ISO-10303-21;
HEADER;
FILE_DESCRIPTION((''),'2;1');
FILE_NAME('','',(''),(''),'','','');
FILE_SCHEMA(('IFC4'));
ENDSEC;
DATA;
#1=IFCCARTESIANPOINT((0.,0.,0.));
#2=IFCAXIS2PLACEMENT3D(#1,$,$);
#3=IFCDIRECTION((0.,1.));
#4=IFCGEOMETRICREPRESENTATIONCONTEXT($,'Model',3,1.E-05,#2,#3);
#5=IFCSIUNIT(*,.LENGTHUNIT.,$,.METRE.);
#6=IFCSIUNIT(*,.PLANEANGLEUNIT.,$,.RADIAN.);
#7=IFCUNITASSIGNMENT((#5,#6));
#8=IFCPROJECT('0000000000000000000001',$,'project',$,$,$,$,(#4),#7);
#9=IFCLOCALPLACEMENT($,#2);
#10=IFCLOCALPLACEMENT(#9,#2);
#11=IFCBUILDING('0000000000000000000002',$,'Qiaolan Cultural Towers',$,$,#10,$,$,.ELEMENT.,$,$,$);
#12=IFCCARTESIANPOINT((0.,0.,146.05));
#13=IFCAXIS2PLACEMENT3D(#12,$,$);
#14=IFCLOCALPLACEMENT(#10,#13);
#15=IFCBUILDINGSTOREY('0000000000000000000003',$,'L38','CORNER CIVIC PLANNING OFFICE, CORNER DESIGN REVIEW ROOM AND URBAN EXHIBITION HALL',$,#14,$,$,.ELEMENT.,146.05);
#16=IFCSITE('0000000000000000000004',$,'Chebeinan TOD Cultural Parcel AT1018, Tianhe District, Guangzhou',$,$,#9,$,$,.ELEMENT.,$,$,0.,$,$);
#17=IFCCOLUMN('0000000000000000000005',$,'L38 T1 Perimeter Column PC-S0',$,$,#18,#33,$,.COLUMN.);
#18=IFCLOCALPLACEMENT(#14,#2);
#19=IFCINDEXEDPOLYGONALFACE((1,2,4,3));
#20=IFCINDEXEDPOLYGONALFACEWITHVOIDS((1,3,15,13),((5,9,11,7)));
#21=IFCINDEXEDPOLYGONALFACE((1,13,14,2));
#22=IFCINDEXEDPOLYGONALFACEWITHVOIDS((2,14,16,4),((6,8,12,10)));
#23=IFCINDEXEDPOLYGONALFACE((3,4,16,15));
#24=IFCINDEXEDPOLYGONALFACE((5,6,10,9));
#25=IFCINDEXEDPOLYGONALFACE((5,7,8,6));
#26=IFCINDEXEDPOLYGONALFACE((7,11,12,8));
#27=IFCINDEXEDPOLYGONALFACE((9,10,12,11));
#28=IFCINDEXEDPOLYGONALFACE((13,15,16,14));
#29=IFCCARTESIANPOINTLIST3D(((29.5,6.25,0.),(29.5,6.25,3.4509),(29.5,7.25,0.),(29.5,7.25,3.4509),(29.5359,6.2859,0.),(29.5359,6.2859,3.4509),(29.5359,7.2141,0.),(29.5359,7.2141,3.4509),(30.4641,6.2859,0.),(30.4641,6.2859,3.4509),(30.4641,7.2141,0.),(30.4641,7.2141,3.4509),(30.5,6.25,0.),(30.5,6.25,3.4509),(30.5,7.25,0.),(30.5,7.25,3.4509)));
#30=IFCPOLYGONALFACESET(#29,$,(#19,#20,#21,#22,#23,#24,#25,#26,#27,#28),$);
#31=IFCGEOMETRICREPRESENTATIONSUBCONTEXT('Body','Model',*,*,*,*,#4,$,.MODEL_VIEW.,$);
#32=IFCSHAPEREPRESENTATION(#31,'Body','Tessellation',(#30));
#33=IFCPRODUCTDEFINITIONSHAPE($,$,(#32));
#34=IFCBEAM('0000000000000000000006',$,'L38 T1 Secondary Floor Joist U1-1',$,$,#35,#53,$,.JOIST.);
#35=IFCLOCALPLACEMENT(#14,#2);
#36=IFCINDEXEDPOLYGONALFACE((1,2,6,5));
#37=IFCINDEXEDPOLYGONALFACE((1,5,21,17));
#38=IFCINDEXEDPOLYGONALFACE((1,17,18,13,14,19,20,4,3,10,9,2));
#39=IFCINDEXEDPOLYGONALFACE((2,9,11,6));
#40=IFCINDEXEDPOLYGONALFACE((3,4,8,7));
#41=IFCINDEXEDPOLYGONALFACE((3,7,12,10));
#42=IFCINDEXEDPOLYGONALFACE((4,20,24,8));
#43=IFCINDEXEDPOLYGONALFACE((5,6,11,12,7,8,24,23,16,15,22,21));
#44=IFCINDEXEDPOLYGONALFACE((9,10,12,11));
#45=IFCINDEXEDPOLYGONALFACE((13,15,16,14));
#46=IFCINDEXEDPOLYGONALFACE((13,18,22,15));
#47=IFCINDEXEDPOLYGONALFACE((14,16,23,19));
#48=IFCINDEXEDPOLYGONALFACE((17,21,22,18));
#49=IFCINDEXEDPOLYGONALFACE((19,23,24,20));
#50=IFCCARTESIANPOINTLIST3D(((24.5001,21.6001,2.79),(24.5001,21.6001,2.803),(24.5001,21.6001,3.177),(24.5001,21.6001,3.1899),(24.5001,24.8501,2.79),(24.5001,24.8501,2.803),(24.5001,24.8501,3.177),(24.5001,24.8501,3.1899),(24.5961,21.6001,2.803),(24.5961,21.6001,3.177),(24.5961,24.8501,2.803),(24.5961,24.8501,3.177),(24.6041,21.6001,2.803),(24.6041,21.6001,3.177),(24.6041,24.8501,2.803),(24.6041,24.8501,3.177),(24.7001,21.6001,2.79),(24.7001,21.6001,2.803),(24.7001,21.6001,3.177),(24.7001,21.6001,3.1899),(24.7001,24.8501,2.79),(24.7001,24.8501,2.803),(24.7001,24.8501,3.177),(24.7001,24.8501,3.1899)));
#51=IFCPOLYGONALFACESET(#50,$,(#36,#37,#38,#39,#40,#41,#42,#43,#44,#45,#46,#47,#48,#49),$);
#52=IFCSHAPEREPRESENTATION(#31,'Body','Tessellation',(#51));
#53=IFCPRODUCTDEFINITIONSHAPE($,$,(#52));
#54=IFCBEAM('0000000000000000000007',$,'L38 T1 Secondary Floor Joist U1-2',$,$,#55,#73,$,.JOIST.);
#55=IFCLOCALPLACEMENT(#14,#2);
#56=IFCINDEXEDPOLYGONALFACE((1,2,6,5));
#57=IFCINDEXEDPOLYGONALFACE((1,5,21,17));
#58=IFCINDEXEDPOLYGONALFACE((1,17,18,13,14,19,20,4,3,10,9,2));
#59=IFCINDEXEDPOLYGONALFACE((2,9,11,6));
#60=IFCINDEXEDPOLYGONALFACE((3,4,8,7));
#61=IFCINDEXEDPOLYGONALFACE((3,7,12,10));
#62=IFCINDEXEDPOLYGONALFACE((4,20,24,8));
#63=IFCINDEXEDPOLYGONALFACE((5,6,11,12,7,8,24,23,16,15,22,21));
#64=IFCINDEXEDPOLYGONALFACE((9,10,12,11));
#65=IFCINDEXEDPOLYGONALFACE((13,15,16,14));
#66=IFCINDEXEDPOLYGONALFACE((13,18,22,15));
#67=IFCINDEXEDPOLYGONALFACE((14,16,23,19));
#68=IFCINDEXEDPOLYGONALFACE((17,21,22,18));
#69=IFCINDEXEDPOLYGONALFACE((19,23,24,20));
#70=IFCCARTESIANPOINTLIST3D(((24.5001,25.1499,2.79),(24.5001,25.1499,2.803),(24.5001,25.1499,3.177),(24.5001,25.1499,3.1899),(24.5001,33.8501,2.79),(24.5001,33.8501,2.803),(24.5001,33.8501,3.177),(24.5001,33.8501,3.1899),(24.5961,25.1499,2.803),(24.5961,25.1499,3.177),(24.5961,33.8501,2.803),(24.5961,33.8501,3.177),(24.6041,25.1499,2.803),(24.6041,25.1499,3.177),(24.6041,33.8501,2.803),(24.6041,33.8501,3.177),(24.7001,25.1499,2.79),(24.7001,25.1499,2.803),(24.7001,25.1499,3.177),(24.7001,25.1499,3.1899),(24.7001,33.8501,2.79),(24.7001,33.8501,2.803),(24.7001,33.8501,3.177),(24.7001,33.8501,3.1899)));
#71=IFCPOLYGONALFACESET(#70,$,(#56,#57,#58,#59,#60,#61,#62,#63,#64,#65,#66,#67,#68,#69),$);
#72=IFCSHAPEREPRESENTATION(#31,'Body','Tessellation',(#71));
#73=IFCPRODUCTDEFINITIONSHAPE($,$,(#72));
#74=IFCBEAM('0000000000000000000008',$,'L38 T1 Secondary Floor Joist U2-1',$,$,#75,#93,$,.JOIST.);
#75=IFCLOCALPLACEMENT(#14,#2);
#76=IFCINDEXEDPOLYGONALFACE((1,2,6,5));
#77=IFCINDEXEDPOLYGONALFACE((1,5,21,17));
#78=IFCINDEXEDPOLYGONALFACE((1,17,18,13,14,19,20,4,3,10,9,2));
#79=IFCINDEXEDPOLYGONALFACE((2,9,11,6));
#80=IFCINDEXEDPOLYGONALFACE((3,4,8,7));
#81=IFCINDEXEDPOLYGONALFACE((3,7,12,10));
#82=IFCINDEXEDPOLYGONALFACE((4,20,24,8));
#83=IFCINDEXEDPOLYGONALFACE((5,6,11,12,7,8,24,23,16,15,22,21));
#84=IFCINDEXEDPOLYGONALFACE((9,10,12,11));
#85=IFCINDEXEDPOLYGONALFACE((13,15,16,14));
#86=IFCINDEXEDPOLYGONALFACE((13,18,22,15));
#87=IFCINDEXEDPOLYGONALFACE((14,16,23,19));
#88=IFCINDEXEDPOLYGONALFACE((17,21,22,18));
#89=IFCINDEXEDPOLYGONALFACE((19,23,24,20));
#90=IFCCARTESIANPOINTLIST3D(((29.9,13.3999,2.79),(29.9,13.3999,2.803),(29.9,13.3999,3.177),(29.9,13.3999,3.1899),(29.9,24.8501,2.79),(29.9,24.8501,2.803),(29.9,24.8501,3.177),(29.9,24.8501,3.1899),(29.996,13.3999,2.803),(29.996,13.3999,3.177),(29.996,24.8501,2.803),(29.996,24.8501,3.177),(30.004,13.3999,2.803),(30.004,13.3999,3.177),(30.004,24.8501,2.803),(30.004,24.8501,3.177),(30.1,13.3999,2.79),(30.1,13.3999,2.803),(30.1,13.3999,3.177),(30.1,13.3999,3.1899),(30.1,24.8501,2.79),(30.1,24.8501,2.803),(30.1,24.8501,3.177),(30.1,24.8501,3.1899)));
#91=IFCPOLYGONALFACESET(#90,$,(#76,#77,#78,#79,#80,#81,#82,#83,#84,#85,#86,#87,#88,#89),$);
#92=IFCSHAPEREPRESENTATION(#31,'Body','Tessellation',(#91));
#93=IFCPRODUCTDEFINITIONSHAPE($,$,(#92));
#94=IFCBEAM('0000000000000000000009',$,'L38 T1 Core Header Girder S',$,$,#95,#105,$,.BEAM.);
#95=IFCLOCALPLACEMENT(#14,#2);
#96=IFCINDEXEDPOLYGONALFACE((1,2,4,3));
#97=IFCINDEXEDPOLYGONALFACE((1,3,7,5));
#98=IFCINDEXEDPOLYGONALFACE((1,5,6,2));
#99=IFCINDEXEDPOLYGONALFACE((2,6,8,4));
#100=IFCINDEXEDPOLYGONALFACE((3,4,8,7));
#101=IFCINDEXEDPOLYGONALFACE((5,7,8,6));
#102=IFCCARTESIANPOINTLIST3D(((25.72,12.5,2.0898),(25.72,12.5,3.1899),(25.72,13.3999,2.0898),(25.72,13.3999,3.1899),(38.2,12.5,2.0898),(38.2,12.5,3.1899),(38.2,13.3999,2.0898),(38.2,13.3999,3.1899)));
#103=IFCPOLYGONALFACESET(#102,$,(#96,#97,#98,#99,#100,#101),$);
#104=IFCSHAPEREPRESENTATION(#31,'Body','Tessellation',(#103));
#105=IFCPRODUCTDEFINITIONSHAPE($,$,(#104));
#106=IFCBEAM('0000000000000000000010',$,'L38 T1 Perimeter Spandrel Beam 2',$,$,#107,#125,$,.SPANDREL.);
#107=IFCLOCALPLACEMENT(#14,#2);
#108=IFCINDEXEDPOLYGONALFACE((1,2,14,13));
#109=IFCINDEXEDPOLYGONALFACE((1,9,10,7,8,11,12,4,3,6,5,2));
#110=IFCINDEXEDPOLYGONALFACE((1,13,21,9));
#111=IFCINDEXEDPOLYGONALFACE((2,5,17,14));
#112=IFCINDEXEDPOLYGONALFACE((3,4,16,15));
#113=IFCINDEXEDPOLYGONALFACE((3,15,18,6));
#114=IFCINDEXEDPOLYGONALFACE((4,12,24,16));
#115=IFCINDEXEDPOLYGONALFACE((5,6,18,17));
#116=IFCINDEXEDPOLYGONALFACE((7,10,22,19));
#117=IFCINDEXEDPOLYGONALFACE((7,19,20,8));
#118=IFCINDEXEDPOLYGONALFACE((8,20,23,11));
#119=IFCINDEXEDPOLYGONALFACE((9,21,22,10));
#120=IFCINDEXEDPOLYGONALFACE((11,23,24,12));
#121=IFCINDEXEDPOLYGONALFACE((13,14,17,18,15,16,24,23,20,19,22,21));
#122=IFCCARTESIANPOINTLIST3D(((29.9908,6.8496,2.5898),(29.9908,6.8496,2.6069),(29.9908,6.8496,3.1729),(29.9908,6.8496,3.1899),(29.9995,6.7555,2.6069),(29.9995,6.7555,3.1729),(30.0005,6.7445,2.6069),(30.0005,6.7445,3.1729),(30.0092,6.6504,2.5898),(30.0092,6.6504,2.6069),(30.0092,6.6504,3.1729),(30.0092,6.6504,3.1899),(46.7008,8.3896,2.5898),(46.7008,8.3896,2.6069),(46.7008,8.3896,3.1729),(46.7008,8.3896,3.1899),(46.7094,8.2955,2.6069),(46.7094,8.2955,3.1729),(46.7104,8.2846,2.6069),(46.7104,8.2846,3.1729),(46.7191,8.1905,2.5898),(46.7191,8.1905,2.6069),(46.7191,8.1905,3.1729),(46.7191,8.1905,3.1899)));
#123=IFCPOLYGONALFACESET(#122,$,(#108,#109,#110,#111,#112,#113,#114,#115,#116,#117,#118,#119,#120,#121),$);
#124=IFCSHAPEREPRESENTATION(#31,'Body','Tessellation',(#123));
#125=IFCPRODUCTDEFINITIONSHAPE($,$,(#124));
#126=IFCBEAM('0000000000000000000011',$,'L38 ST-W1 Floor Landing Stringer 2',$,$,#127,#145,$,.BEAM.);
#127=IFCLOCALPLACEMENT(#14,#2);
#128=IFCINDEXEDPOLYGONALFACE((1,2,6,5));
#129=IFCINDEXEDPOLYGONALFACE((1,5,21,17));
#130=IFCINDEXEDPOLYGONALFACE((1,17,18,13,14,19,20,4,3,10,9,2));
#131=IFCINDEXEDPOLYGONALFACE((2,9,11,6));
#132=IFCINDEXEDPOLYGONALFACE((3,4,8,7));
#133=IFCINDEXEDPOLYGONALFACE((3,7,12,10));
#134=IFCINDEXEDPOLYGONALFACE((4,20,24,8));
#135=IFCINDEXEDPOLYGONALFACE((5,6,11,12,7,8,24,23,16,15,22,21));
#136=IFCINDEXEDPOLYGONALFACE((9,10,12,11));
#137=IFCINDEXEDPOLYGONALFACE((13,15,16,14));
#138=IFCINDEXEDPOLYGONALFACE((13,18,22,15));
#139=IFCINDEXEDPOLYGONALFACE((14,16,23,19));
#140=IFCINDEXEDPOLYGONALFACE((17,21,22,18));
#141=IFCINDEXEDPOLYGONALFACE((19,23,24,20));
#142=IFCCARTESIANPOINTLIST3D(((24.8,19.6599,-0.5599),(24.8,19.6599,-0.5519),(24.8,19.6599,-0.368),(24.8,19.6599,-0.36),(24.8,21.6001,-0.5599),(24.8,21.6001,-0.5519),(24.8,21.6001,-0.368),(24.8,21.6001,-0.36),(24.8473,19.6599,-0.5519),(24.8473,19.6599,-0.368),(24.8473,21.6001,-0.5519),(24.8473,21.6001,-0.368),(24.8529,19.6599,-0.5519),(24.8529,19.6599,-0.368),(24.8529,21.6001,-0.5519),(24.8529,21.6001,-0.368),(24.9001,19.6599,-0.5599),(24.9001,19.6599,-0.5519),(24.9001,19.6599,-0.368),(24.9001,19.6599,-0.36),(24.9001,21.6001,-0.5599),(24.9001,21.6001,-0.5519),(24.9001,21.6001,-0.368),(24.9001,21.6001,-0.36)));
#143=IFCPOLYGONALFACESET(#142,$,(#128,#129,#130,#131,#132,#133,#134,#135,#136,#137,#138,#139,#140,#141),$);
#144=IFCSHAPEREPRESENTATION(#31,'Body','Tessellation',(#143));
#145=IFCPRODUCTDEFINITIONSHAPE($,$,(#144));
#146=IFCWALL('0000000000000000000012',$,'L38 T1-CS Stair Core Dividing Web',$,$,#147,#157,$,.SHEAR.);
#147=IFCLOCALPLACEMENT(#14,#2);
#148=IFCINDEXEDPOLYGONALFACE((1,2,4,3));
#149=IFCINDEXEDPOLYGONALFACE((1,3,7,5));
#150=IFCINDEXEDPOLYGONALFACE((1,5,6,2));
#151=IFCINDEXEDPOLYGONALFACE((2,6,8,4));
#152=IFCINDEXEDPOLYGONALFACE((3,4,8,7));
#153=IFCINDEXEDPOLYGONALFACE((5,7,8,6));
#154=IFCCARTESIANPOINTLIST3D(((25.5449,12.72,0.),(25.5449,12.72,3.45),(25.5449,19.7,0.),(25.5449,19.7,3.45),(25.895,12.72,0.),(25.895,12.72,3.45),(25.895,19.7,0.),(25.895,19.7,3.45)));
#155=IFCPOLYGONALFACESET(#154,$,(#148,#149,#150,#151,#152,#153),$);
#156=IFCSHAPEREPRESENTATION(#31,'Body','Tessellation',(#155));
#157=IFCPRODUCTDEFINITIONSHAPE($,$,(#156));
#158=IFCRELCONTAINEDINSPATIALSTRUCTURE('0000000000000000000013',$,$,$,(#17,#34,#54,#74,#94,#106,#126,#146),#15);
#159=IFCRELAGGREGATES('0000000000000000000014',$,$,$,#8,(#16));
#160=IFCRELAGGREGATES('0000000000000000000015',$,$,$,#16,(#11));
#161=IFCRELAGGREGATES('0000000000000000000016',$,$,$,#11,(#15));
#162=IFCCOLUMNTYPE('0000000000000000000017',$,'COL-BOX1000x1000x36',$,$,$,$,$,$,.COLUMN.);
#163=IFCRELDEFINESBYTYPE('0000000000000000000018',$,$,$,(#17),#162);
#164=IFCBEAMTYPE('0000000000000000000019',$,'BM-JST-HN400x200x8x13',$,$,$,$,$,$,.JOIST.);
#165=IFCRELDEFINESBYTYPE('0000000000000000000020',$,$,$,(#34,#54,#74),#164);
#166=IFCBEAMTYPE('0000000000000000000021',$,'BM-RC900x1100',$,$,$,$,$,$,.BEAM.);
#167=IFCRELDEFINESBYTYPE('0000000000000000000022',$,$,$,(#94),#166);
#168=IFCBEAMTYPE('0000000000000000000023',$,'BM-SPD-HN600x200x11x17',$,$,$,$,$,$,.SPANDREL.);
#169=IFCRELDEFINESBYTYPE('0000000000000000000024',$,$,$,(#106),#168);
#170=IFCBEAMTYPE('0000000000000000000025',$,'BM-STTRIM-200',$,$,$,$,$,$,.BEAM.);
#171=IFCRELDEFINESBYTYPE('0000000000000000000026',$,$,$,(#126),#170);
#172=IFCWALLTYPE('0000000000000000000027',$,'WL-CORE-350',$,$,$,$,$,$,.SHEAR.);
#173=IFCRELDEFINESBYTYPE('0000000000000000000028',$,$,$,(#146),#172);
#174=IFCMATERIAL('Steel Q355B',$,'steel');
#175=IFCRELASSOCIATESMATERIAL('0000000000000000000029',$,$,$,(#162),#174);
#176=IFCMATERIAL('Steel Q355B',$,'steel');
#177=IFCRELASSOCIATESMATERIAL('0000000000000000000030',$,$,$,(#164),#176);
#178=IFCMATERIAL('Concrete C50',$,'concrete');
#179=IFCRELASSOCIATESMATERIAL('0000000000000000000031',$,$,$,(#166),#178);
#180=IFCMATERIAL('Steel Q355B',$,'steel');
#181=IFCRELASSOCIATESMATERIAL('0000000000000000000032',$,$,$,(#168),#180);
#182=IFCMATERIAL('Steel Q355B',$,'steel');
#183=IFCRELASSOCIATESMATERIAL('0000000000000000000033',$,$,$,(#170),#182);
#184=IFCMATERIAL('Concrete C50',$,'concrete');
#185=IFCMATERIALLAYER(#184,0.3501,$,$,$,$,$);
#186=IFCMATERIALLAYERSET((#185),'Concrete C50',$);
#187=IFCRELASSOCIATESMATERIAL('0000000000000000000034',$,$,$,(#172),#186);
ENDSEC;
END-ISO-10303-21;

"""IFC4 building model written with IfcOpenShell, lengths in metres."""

from ifc_helpers import new_model, si_unit, direction, frame, frame_2d, origin, origin_2d, place, context, subcontext, project, spatial, rectangle, hollow_rectangle, i_section, extrude, material, layer, layer_set, material_profile, profile_set, type_object, element, save


model = new_model("IFC4")

# Units and contexts
model_context = context("Model", 3, precision=1e-05, world=origin(), true_north=direction((0.0, 1.0)))
body_context = subcontext(model_context, "Body", "Model", "MODEL_VIEW")
ifc_project = project(units=[si_unit("LENGTHUNIT", "METRE"), si_unit("PLANEANGLEUNIT", "RADIAN")], contexts=[model_context])

# Site, building, storey
site_placement = place(None, origin())
site = spatial("IfcSite", under=ifc_project, at=site_placement, Name="Chebeinan TOD Cultural Parcel AT1018, Tianhe District, Guangzhou", CompositionType="ELEMENT", RefElevation=0.0)
building_placement = place(site_placement, origin())
building = spatial("IfcBuilding", under=site, at=building_placement, Name="Qiaolan Cultural Towers", CompositionType="ELEMENT")
storey_placement = place(building_placement, frame((0.0, 0.0, 146.05)))
storey = spatial("IfcBuildingStorey", under=building, at=storey_placement, Name="L38", Description="CORNER CIVIC PLANNING OFFICE, CORNER DESIGN REVIEW ROOM AND URBAN EXHIBITION HALL", CompositionType="ELEMENT", Elevation=146.05)

# Column
ifc_material_1 = material(Name="Steel Q355B", Category="steel")
ifc_material_profile_1 = material_profile(ifc_material_1, hollow_rectangle(XDim=1.0, YDim=1.0, WallThickness=0.0359, at=origin_2d()), Name="BOX1000x1000x36")
ifc_profile_set_1 = profile_set([ifc_material_profile_1], Name="Steel Q355B")
column_type = type_object("IfcColumnType", Name="COL-BOX1000x1000x36", PredefinedType="COLUMN", material=ifc_profile_set_1)
column_placement = place(storey_placement, frame((30.0, 6.75, 0.0), z_axis=(0.0, 0.0, 1.0), x_axis=(1.0, 0.0, 0.0)))
element("IfcColumn", 1, at=column_placement, inside=storey, type_object=column_type, Name="L38 T1 Perimeter Column PC-S0", PredefinedType="COLUMN", context=body_context, shape_type="SweptSolid", body=[
    extrude(hollow_rectangle(XDim=1.0, YDim=1.0, WallThickness=0.0359, at=origin_2d()), origin(), (0.0, 0.0, 1.0), 3.4509),
])

# Beams
ifc_material_2 = material(Name="Steel Q355B", Category="steel")
ifc_material_profile_2 = material_profile(ifc_material_2, i_section(OverallWidth=0.2, OverallDepth=0.3999, WebThickness=0.0081, FlangeThickness=0.0129, at=origin_2d()), Name="HN400x200x8x13")
ifc_profile_set_2 = profile_set([ifc_material_profile_2], Name="Steel Q355B")
beam_type_1 = type_object("IfcBeamType", Name="BM-JST-HN400x200x8x13", PredefinedType="JOIST", material=ifc_profile_set_2)
beam_1_placement = place(storey_placement, frame((24.6001, 21.6001, 2.99), z_axis=(0.0, 1.0, 0.0), x_axis=(-1.0, 0.0, 0.0)))
element("IfcBeam", 2, at=beam_1_placement, inside=storey, type_object=beam_type_1, Name="L38 T1 Secondary Floor Joist U1-1", PredefinedType="JOIST", context=body_context, shape_type="SweptSolid", body=[
    extrude(i_section(OverallWidth=0.2, OverallDepth=0.3999, WebThickness=0.0081, FlangeThickness=0.0129, at=origin_2d()), origin(), (0.0, 0.0, 1.0), 3.25),
])
beam_2_placement = place(storey_placement, frame((24.6001, 25.1499, 2.99), z_axis=(0.0, 1.0, 0.0), x_axis=(-1.0, 0.0, 0.0)))
element("IfcBeam", 3, at=beam_2_placement, inside=storey, type_object=beam_type_1, Name="L38 T1 Secondary Floor Joist U1-2", PredefinedType="JOIST", context=body_context, shape_type="SweptSolid", body=[
    extrude(i_section(OverallWidth=0.2, OverallDepth=0.3999, WebThickness=0.0081, FlangeThickness=0.0129, at=origin_2d()), origin(), (0.0, 0.0, 1.0), 8.7002),
])
beam_3_placement = place(storey_placement, frame((30.0, 13.3999, 2.99), z_axis=(0.0, 1.0, 0.0), x_axis=(-1.0, 0.0, 0.0)))
element("IfcBeam", 4, at=beam_3_placement, inside=storey, type_object=beam_type_1, Name="L38 T1 Secondary Floor Joist U2-1", PredefinedType="JOIST", context=body_context, shape_type="SweptSolid", body=[
    extrude(i_section(OverallWidth=0.2, OverallDepth=0.3999, WebThickness=0.0081, FlangeThickness=0.0129, at=origin_2d()), origin(), (0.0, 0.0, 1.0), 11.4502),
])
ifc_material_3 = material(Name="Concrete C50", Category="concrete")
ifc_material_profile_3 = material_profile(ifc_material_3, rectangle(XDim=0.8999, YDim=1.1001, at=origin_2d()), Name="RC900x1100")
ifc_profile_set_3 = profile_set([ifc_material_profile_3], Name="Concrete C50")
beam_type_2 = type_object("IfcBeamType", Name="BM-RC900x1100", PredefinedType="BEAM", material=ifc_profile_set_3)
beam_4_placement = place(storey_placement, frame((25.72, 12.95, 2.6399), z_axis=(1.0, 0.0, 0.0), x_axis=(0.0, 1.0, 0.0)))
element("IfcBeam", 5, at=beam_4_placement, inside=storey, type_object=beam_type_2, Name="L38 T1 Core Header Girder S", PredefinedType="BEAM", context=body_context, shape_type="SweptSolid", body=[
    extrude(rectangle(XDim=0.8999, YDim=1.1001, at=origin_2d()), origin(), (0.0, 0.0, 1.0), 12.48),
])
ifc_material_4 = material(Name="Steel Q355B", Category="steel")
ifc_material_profile_4 = material_profile(ifc_material_4, i_section(OverallWidth=0.2, OverallDepth=0.6001, WebThickness=0.011, FlangeThickness=0.0171, at=origin_2d()), Name="HN600x200x11x17")
ifc_profile_set_4 = profile_set([ifc_material_profile_4], Name="Steel Q355B")
beam_type_3 = type_object("IfcBeamType", Name="BM-SPD-HN600x200x11x17", PredefinedType="SPANDREL", material=ifc_profile_set_4)
beam_5_placement = place(storey_placement, frame((30.0, 6.75, 2.8899), z_axis=(0.99578, 0.091774, 0.0), x_axis=(-0.091774, 0.99578, 0.0)))
element("IfcBeam", 6, at=beam_5_placement, inside=storey, type_object=beam_type_3, Name="L38 T1 Perimeter Spandrel Beam 2", PredefinedType="SPANDREL", context=body_context, shape_type="SweptSolid", body=[
    extrude(i_section(OverallWidth=0.2, OverallDepth=0.6001, WebThickness=0.011, FlangeThickness=0.0171, at=origin_2d()), origin(), (0.0, 0.0, 1.0), 16.7808),
])
ifc_material_5 = material(Name="Steel Q355B", Category="steel")
ifc_material_profile_5 = material_profile(ifc_material_5, i_section(OverallWidth=0.1001, OverallDepth=0.2, WebThickness=0.0056, FlangeThickness=0.0081, at=origin_2d()), Name="HN200x100x5.5x8")
ifc_profile_set_5 = profile_set([ifc_material_profile_5], Name="Steel Q355B")
beam_type_4 = type_object("IfcBeamType", Name="BM-STTRIM-200", PredefinedType="BEAM", material=ifc_profile_set_5)
beam_6_placement = place(storey_placement, frame((24.8501, 21.6001, -0.46), z_axis=(0.0, -1.0, 0.0), x_axis=(1.0, 0.0, 0.0)))
element("IfcBeam", 7, at=beam_6_placement, inside=storey, type_object=beam_type_4, Name="L38 ST-W1 Floor Landing Stringer 2", PredefinedType="BEAM", context=body_context, shape_type="SweptSolid", body=[
    extrude(i_section(OverallWidth=0.1001, OverallDepth=0.2, WebThickness=0.0056, FlangeThickness=0.0081, at=origin_2d()), origin(), (0.0, 0.0, 1.0), 1.9402),
])

# Wall
ifc_material_6 = material(Name="Concrete C50", Category="concrete")
ifc_layer_1 = layer(ifc_material_6, 0.3501)
ifc_layer_set_1 = layer_set([ifc_layer_1], Name="Concrete C50")
wall_type_1 = type_object("IfcWallType", Name="WL-CORE-350", PredefinedType="SHEAR", material=ifc_layer_set_1)
wall_1_placement = place(storey_placement, frame((25.72, 19.7, 0.0), z_axis=(0.0, 0.0, 1.0), x_axis=(0.0, -1.0, 0.0)))
element("IfcWall", 8, at=wall_1_placement, inside=storey, type_object=wall_type_1, Name="L38 T1-CS Stair Core Dividing Web", PredefinedType="SHEAR", context=body_context, shape_type="SweptSolid", body=[
    extrude(rectangle(XDim=6.98, YDim=0.3501, at=frame_2d((3.49, 0.0))), origin(), (0.0, 0.0, 1.0), 3.45),
])

save(model, "model.ifc")
